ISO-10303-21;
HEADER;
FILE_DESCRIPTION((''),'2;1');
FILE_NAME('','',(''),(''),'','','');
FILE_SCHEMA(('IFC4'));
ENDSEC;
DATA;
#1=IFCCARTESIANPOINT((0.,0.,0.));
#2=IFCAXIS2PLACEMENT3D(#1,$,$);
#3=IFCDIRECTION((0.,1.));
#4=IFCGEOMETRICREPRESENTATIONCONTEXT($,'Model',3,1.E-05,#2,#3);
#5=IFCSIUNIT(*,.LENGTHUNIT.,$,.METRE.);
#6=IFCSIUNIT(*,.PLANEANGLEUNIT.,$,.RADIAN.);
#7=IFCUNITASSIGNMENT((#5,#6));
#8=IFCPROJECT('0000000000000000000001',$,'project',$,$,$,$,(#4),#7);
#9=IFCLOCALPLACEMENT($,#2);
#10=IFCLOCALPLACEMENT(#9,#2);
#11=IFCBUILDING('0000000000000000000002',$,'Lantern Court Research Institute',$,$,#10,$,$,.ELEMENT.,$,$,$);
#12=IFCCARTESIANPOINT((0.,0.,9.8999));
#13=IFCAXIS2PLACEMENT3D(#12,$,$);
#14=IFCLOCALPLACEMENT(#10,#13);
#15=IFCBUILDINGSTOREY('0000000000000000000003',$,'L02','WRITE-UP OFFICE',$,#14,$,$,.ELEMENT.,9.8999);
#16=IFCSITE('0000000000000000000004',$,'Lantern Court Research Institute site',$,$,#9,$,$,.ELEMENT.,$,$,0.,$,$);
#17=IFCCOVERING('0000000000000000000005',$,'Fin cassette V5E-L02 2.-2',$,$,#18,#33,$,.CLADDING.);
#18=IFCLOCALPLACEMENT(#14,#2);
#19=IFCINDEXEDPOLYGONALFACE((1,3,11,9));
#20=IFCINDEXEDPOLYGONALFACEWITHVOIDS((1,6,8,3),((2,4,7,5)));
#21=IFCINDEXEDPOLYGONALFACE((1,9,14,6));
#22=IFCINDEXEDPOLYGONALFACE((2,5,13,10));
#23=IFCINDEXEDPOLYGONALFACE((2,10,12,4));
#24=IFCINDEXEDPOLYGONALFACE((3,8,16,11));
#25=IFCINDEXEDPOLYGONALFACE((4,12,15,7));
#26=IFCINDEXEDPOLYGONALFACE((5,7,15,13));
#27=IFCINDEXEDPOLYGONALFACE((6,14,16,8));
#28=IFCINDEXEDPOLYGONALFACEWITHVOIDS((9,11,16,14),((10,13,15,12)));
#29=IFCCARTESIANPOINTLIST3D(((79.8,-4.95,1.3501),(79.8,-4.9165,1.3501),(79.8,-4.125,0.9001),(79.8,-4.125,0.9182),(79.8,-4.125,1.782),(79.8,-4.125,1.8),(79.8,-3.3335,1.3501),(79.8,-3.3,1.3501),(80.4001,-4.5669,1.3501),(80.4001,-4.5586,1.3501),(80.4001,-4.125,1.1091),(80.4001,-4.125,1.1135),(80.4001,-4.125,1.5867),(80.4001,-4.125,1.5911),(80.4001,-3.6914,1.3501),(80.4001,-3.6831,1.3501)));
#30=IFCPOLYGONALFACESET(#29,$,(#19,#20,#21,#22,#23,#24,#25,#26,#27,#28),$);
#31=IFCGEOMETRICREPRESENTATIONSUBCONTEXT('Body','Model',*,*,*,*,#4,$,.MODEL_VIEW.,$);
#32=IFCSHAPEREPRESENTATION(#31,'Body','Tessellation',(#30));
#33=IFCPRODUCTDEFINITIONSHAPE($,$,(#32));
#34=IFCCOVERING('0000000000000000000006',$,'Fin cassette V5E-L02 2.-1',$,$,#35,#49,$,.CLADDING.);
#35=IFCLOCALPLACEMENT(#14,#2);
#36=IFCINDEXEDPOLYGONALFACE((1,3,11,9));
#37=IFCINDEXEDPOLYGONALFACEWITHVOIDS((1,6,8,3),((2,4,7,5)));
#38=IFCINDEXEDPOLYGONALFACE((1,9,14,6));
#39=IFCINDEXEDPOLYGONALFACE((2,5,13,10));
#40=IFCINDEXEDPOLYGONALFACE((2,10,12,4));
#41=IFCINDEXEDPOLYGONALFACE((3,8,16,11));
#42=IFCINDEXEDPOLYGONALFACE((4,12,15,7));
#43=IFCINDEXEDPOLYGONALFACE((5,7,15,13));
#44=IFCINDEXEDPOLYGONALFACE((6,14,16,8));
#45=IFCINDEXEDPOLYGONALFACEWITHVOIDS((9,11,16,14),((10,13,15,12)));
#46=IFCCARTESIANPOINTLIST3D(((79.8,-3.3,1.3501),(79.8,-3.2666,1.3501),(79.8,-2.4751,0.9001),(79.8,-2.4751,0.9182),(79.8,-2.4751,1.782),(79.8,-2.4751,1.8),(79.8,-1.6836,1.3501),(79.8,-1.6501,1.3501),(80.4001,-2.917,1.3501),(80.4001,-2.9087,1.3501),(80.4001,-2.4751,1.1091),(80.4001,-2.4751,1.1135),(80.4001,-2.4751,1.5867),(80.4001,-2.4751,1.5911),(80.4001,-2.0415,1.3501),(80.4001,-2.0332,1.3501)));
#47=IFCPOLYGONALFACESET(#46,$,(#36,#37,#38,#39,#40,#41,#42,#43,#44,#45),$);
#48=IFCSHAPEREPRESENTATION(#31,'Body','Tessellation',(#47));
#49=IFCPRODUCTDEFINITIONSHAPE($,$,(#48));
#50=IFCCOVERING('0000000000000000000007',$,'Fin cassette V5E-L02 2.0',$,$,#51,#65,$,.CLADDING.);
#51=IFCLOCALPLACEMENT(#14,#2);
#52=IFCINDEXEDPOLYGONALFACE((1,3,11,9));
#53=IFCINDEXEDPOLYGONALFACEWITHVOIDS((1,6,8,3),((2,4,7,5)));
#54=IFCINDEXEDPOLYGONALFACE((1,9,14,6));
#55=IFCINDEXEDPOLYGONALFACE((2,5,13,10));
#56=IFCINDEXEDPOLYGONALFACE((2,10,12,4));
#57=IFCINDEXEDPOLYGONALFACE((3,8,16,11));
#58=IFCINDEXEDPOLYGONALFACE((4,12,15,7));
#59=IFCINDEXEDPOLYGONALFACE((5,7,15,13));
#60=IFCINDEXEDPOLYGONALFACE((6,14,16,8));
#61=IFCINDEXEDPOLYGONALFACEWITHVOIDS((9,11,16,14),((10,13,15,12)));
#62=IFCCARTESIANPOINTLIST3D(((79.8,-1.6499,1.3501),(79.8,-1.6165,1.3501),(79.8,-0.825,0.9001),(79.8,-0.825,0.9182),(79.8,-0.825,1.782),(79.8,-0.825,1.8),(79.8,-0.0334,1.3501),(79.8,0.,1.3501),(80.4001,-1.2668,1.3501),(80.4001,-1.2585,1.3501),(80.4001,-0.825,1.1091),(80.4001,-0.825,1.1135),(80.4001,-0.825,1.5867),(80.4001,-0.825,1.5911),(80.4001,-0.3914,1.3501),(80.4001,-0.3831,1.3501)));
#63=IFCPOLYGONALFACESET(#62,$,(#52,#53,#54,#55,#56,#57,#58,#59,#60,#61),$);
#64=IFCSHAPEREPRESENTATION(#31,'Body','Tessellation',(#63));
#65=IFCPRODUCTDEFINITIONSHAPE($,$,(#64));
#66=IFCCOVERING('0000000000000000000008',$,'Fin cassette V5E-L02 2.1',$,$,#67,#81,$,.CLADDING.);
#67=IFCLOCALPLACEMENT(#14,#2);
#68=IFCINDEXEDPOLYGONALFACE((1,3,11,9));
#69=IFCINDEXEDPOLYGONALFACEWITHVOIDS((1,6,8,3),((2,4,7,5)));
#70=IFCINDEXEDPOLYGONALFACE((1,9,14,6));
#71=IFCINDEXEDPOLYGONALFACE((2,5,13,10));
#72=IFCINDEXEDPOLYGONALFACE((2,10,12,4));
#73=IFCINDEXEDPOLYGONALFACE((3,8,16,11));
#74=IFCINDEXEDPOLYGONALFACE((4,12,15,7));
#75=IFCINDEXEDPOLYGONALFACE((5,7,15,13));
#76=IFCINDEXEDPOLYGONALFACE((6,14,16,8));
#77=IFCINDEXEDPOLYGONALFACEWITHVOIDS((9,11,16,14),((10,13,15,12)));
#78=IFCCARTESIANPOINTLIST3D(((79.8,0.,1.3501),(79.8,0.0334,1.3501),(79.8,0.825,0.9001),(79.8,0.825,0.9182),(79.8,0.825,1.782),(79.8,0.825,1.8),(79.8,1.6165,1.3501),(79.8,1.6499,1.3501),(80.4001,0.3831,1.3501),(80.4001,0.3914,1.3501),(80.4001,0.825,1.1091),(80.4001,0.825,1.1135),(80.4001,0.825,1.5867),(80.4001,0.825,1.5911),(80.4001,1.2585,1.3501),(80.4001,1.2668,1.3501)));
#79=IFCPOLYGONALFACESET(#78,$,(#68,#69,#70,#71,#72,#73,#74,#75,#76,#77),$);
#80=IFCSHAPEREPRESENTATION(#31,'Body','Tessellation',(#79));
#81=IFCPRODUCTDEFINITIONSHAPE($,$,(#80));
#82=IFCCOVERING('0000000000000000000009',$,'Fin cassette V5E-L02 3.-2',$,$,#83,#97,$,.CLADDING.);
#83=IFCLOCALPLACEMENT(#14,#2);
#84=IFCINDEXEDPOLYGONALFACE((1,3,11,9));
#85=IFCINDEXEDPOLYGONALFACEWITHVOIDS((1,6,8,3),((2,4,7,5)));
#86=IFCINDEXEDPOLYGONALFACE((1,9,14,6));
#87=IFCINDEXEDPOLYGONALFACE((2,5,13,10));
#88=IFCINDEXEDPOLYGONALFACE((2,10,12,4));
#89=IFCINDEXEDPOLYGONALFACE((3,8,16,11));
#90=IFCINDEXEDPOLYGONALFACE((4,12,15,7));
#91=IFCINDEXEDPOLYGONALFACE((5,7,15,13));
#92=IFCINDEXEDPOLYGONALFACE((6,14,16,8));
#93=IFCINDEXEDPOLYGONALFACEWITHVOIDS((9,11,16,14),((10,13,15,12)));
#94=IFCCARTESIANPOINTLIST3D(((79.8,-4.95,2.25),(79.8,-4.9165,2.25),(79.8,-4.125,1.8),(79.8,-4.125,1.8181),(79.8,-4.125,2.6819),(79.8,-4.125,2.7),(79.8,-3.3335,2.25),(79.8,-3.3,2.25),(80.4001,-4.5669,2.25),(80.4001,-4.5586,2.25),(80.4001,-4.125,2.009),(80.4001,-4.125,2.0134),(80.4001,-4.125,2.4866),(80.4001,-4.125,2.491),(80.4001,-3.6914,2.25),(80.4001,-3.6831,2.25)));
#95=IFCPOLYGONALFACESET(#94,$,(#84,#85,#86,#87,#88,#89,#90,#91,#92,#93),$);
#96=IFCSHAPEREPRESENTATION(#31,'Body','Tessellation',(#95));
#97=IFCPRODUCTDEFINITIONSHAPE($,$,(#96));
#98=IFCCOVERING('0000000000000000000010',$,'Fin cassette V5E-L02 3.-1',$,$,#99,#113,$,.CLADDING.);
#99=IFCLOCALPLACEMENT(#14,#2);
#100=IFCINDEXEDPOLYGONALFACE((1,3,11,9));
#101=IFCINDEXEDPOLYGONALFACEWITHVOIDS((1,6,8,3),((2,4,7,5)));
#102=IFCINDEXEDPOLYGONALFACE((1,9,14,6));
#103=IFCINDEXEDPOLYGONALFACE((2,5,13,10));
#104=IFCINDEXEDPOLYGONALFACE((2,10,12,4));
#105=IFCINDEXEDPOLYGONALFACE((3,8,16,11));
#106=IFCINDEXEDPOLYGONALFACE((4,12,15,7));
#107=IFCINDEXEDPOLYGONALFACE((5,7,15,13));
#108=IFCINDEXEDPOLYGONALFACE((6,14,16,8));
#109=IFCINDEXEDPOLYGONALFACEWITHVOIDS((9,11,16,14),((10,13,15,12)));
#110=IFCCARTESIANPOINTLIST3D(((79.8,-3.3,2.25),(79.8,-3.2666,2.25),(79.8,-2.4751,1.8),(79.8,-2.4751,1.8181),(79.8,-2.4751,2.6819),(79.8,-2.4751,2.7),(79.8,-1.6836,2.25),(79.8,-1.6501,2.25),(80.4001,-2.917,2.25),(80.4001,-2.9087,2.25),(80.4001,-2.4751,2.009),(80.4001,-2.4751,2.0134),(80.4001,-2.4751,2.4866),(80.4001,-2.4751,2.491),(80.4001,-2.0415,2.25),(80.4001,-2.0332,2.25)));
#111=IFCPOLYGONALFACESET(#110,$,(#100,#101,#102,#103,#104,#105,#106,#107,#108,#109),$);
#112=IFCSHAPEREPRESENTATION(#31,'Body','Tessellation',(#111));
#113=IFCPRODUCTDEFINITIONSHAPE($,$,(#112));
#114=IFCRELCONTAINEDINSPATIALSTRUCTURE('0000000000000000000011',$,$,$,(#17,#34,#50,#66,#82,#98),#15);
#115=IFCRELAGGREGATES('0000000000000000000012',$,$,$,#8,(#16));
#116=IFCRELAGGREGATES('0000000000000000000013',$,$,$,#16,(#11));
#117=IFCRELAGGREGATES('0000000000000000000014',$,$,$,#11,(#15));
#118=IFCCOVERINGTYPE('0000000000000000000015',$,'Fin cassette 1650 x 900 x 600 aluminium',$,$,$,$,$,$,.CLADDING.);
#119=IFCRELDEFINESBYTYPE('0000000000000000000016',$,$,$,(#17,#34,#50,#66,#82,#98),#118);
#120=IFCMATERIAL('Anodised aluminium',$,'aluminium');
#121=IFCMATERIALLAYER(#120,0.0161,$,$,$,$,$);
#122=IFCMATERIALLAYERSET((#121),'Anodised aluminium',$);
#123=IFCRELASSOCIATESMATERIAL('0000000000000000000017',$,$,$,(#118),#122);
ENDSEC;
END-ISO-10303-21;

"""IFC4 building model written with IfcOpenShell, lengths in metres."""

from ifc_helpers import new_model, entity, si_unit, direction, frame, origin, place, context, subcontext, project, spatial, material, layer, layer_set, type_object, element, save


model = new_model("IFC4")

# Units and contexts
model_context = context("Model", 3, precision=1e-05, world=origin(), true_north=direction((0.0, 1.0)))
body_context = subcontext(model_context, "Body", "Model", "MODEL_VIEW")
ifc_project = project(units=[si_unit("LENGTHUNIT", "METRE"), si_unit("PLANEANGLEUNIT", "RADIAN")], contexts=[model_context])

# Site, building, storey
site_placement = place(None, origin())
site = spatial("IfcSite", under=ifc_project, at=site_placement, Name="Lantern Court Research Institute site", CompositionType="ELEMENT", RefElevation=0.0)
building_placement = place(site_placement, origin())
building = spatial("IfcBuilding", under=site, at=building_placement, Name="Lantern Court Research Institute", CompositionType="ELEMENT")
storey_placement = place(building_placement, frame((0.0, 0.0, 9.8999)))
storey = spatial("IfcBuildingStorey", under=building, at=storey_placement, Name="L02", Description="WRITE-UP OFFICE", CompositionType="ELEMENT", Elevation=9.8999)

# Coverings
ifc_material_1 = material(Name="Anodised aluminium", Category="aluminium")
ifc_layer_1 = layer(ifc_material_1, 0.0161)
ifc_layer_set_1 = layer_set([ifc_layer_1], Name="Anodised aluminium")
covering_type = type_object("IfcCoveringType", Name="Fin cassette 1650 x 900 x 600 aluminium", PredefinedType="CLADDING", material=ifc_layer_set_1)
covering_1_placement = place(storey_placement, frame((79.8, -4.125, 1.3501), z_axis=(1.0, 0.0, 0.0), x_axis=(0.0, 1.0, 0.0)))
cartesian_point_1 = entity("IfcCartesianPoint", [0.825, 0.0])
cartesian_point_2 = entity("IfcCartesianPoint", [0.7915, 0.0])
cartesian_point_3 = entity("IfcCartesianPoint", [0.4419, 0.0])
cartesian_point_4 = entity("IfcCartesianPoint", [0.4336, 0.0])
element("IfcCovering", 1, at=covering_1_placement, inside=storey, type_object=covering_type, Name="Fin cassette V5E-L02 2.-2", PredefinedType="CLADDING", context=body_context, shape_type="SweptSolid", body=[
    entity("IfcExtrudedAreaSolidTapered", entity("IfcArbitraryProfileDefWithVoids", "AREA", None, entity("IfcPolyline", [cartesian_point_1, entity("IfcCartesianPoint", [0.0, 0.45]), entity("IfcCartesianPoint", [-0.825, 0.0]), entity("IfcCartesianPoint", [0.0, -0.45]), cartesian_point_1]), [entity("IfcPolyline", [cartesian_point_2, entity("IfcCartesianPoint", [0.0, 0.4319]), entity("IfcCartesianPoint", [-0.7915, 0.0]), entity("IfcCartesianPoint", [0.0, -0.4319]), cartesian_point_2])]), entity("IfcAxis2Placement3D", entity("IfcCartesianPoint", [0.0, 0.0, 0.0])), entity("IfcDirection", [0.0, 0.0, 1.0]), 0.6001, entity("IfcArbitraryProfileDefWithVoids", "AREA", None, entity("IfcPolyline", [cartesian_point_3, entity("IfcCartesianPoint", [0.0, 0.241]), entity("IfcCartesianPoint", [-0.4419, 0.0]), entity("IfcCartesianPoint", [0.0, -0.241]), cartesian_point_3]), [entity("IfcPolyline", [cartesian_point_4, entity("IfcCartesianPoint", [0.0, 0.2366]), entity("IfcCartesianPoint", [-0.4336, 0.0]), entity("IfcCartesianPoint", [0.0, -0.2366]), cartesian_point_4])])),
])
covering_2_placement = place(storey_placement, frame((79.8, -2.4751, 1.3501), z_axis=(1.0, 0.0, 0.0), x_axis=(0.0, 1.0, 0.0)))
cartesian_point_5 = entity("IfcCartesianPoint", [0.825, 0.0])
cartesian_point_6 = entity("IfcCartesianPoint", [0.7915, 0.0])
cartesian_point_7 = entity("IfcCartesianPoint", [0.4419, 0.0])
cartesian_point_8 = entity("IfcCartesianPoint", [0.4336, 0.0])
element("IfcCovering", 2, at=covering_2_placement, inside=storey, type_object=covering_type, Name="Fin cassette V5E-L02 2.-1", PredefinedType="CLADDING", context=body_context, shape_type="SweptSolid", body=[
    entity("IfcExtrudedAreaSolidTapered", entity("IfcArbitraryProfileDefWithVoids", "AREA", None, entity("IfcPolyline", [cartesian_point_5, entity("IfcCartesianPoint", [0.0, 0.45]), entity("IfcCartesianPoint", [-0.825, 0.0]), entity("IfcCartesianPoint", [0.0, -0.45]), cartesian_point_5]), [entity("IfcPolyline", [cartesian_point_6, entity("IfcCartesianPoint", [0.0, 0.4319]), entity("IfcCartesianPoint", [-0.7915, 0.0]), entity("IfcCartesianPoint", [0.0, -0.4319]), cartesian_point_6])]), entity("IfcAxis2Placement3D", entity("IfcCartesianPoint", [0.0, 0.0, 0.0])), entity("IfcDirection", [0.0, 0.0, 1.0]), 0.6001, entity("IfcArbitraryProfileDefWithVoids", "AREA", None, entity("IfcPolyline", [cartesian_point_7, entity("IfcCartesianPoint", [0.0, 0.241]), entity("IfcCartesianPoint", [-0.4419, 0.0]), entity("IfcCartesianPoint", [0.0, -0.241]), cartesian_point_7]), [entity("IfcPolyline", [cartesian_point_8, entity("IfcCartesianPoint", [0.0, 0.2366]), entity("IfcCartesianPoint", [-0.4336, 0.0]), entity("IfcCartesianPoint", [0.0, -0.2366]), cartesian_point_8])])),
])
covering_3_placement = place(storey_placement, frame((79.8, -0.825, 1.3501), z_axis=(1.0, 0.0, 0.0), x_axis=(0.0, 1.0, 0.0)))
cartesian_point_9 = entity("IfcCartesianPoint", [0.825, 0.0])
cartesian_point_10 = entity("IfcCartesianPoint", [0.7915, 0.0])
cartesian_point_11 = entity("IfcCartesianPoint", [0.4419, 0.0])
cartesian_point_12 = entity("IfcCartesianPoint", [0.4336, 0.0])
element("IfcCovering", 3, at=covering_3_placement, inside=storey, type_object=covering_type, Name="Fin cassette V5E-L02 2.0", PredefinedType="CLADDING", context=body_context, shape_type="SweptSolid", body=[
    entity("IfcExtrudedAreaSolidTapered", entity("IfcArbitraryProfileDefWithVoids", "AREA", None, entity("IfcPolyline", [cartesian_point_9, entity("IfcCartesianPoint", [0.0, 0.45]), entity("IfcCartesianPoint", [-0.825, 0.0]), entity("IfcCartesianPoint", [0.0, -0.45]), cartesian_point_9]), [entity("IfcPolyline", [cartesian_point_10, entity("IfcCartesianPoint", [0.0, 0.4319]), entity("IfcCartesianPoint", [-0.7915, 0.0]), entity("IfcCartesianPoint", [0.0, -0.4319]), cartesian_point_10])]), entity("IfcAxis2Placement3D", entity("IfcCartesianPoint", [0.0, 0.0, 0.0])), entity("IfcDirection", [0.0, 0.0, 1.0]), 0.6001, entity("IfcArbitraryProfileDefWithVoids", "AREA", None, entity("IfcPolyline", [cartesian_point_11, entity("IfcCartesianPoint", [0.0, 0.241]), entity("IfcCartesianPoint", [-0.4419, 0.0]), entity("IfcCartesianPoint", [0.0, -0.241]), cartesian_point_11]), [entity("IfcPolyline", [cartesian_point_12, entity("IfcCartesianPoint", [0.0, 0.2366]), entity("IfcCartesianPoint", [-0.4336, 0.0]), entity("IfcCartesianPoint", [0.0, -0.2366]), cartesian_point_12])])),
])
covering_4_placement = place(storey_placement, frame((79.8, 0.825, 1.3501), z_axis=(1.0, 0.0, 0.0), x_axis=(0.0, 1.0, 0.0)))
cartesian_point_13 = entity("IfcCartesianPoint", [0.825, 0.0])
cartesian_point_14 = entity("IfcCartesianPoint", [0.7915, 0.0])
cartesian_point_15 = entity("IfcCartesianPoint", [0.4419, 0.0])
cartesian_point_16 = entity("IfcCartesianPoint", [0.4336, 0.0])
element("IfcCovering", 4, at=covering_4_placement, inside=storey, type_object=covering_type, Name="Fin cassette V5E-L02 2.1", PredefinedType="CLADDING", context=body_context, shape_type="SweptSolid", body=[
    entity("IfcExtrudedAreaSolidTapered", entity("IfcArbitraryProfileDefWithVoids", "AREA", None, entity("IfcPolyline", [cartesian_point_13, entity("IfcCartesianPoint", [0.0, 0.45]), entity("IfcCartesianPoint", [-0.825, 0.0]), entity("IfcCartesianPoint", [0.0, -0.45]), cartesian_point_13]), [entity("IfcPolyline", [cartesian_point_14, entity("IfcCartesianPoint", [0.0, 0.4319]), entity("IfcCartesianPoint", [-0.7915, 0.0]), entity("IfcCartesianPoint", [0.0, -0.4319]), cartesian_point_14])]), entity("IfcAxis2Placement3D", entity("IfcCartesianPoint", [0.0, 0.0, 0.0])), entity("IfcDirection", [0.0, 0.0, 1.0]), 0.6001, entity("IfcArbitraryProfileDefWithVoids", "AREA", None, entity("IfcPolyline", [cartesian_point_15, entity("IfcCartesianPoint", [0.0, 0.241]), entity("IfcCartesianPoint", [-0.4419, 0.0]), entity("IfcCartesianPoint", [0.0, -0.241]), cartesian_point_15]), [entity("IfcPolyline", [cartesian_point_16, entity("IfcCartesianPoint", [0.0, 0.2366]), entity("IfcCartesianPoint", [-0.4336, 0.0]), entity("IfcCartesianPoint", [0.0, -0.2366]), cartesian_point_16])])),
])
covering_5_placement = place(storey_placement, frame((79.8, -4.125, 2.25), z_axis=(1.0, 0.0, 0.0), x_axis=(0.0, 1.0, 0.0)))
cartesian_point_17 = entity("IfcCartesianPoint", [0.825, 0.0])
cartesian_point_18 = entity("IfcCartesianPoint", [0.7915, 0.0])
cartesian_point_19 = entity("IfcCartesianPoint", [0.4419, 0.0])
cartesian_point_20 = entity("IfcCartesianPoint", [0.4336, 0.0])
element("IfcCovering", 5, at=covering_5_placement, inside=storey, type_object=covering_type, Name="Fin cassette V5E-L02 3.-2", PredefinedType="CLADDING", context=body_context, shape_type="SweptSolid", body=[
    entity("IfcExtrudedAreaSolidTapered", entity("IfcArbitraryProfileDefWithVoids", "AREA", None, entity("IfcPolyline", [cartesian_point_17, entity("IfcCartesianPoint", [0.0, 0.45]), entity("IfcCartesianPoint", [-0.825, 0.0]), entity("IfcCartesianPoint", [0.0, -0.45]), cartesian_point_17]), [entity("IfcPolyline", [cartesian_point_18, entity("IfcCartesianPoint", [0.0, 0.4319]), entity("IfcCartesianPoint", [-0.7915, 0.0]), entity("IfcCartesianPoint", [0.0, -0.4319]), cartesian_point_18])]), entity("IfcAxis2Placement3D", entity("IfcCartesianPoint", [0.0, 0.0, 0.0])), entity("IfcDirection", [0.0, 0.0, 1.0]), 0.6001, entity("IfcArbitraryProfileDefWithVoids", "AREA", None, entity("IfcPolyline", [cartesian_point_19, entity("IfcCartesianPoint", [0.0, 0.241]), entity("IfcCartesianPoint", [-0.4419, 0.0]), entity("IfcCartesianPoint", [0.0, -0.241]), cartesian_point_19]), [entity("IfcPolyline", [cartesian_point_20, entity("IfcCartesianPoint", [0.0, 0.2366]), entity("IfcCartesianPoint", [-0.4336, 0.0]), entity("IfcCartesianPoint", [0.0, -0.2366]), cartesian_point_20])])),
])
covering_6_placement = place(storey_placement, frame((79.8, -2.4751, 2.25), z_axis=(1.0, 0.0, 0.0), x_axis=(0.0, 1.0, 0.0)))
cartesian_point_21 = entity("IfcCartesianPoint", [0.825, 0.0])
cartesian_point_22 = entity("IfcCartesianPoint", [0.7915, 0.0])
cartesian_point_23 = entity("IfcCartesianPoint", [0.4419, 0.0])
cartesian_point_24 = entity("IfcCartesianPoint", [0.4336, 0.0])
element("IfcCovering", 6, at=covering_6_placement, inside=storey, type_object=covering_type, Name="Fin cassette V5E-L02 3.-1", PredefinedType="CLADDING", context=body_context, shape_type="SweptSolid", body=[
    entity("IfcExtrudedAreaSolidTapered", entity("IfcArbitraryProfileDefWithVoids", "AREA", None, entity("IfcPolyline", [cartesian_point_21, entity("IfcCartesianPoint", [0.0, 0.45]), entity("IfcCartesianPoint", [-0.825, 0.0]), entity("IfcCartesianPoint", [0.0, -0.45]), cartesian_point_21]), [entity("IfcPolyline", [cartesian_point_22, entity("IfcCartesianPoint", [0.0, 0.4319]), entity("IfcCartesianPoint", [-0.7915, 0.0]), entity("IfcCartesianPoint", [0.0, -0.4319]), cartesian_point_22])]), entity("IfcAxis2Placement3D", entity("IfcCartesianPoint", [0.0, 0.0, 0.0])), entity("IfcDirection", [0.0, 0.0, 1.0]), 0.6001, entity("IfcArbitraryProfileDefWithVoids", "AREA", None, entity("IfcPolyline", [cartesian_point_23, entity("IfcCartesianPoint", [0.0, 0.241]), entity("IfcCartesianPoint", [-0.4419, 0.0]), entity("IfcCartesianPoint", [0.0, -0.241]), cartesian_point_23]), [entity("IfcPolyline", [cartesian_point_24, entity("IfcCartesianPoint", [0.0, 0.2366]), entity("IfcCartesianPoint", [-0.4336, 0.0]), entity("IfcCartesianPoint", [0.0, -0.2366]), cartesian_point_24])])),
])

save(model, "model.ifc")
